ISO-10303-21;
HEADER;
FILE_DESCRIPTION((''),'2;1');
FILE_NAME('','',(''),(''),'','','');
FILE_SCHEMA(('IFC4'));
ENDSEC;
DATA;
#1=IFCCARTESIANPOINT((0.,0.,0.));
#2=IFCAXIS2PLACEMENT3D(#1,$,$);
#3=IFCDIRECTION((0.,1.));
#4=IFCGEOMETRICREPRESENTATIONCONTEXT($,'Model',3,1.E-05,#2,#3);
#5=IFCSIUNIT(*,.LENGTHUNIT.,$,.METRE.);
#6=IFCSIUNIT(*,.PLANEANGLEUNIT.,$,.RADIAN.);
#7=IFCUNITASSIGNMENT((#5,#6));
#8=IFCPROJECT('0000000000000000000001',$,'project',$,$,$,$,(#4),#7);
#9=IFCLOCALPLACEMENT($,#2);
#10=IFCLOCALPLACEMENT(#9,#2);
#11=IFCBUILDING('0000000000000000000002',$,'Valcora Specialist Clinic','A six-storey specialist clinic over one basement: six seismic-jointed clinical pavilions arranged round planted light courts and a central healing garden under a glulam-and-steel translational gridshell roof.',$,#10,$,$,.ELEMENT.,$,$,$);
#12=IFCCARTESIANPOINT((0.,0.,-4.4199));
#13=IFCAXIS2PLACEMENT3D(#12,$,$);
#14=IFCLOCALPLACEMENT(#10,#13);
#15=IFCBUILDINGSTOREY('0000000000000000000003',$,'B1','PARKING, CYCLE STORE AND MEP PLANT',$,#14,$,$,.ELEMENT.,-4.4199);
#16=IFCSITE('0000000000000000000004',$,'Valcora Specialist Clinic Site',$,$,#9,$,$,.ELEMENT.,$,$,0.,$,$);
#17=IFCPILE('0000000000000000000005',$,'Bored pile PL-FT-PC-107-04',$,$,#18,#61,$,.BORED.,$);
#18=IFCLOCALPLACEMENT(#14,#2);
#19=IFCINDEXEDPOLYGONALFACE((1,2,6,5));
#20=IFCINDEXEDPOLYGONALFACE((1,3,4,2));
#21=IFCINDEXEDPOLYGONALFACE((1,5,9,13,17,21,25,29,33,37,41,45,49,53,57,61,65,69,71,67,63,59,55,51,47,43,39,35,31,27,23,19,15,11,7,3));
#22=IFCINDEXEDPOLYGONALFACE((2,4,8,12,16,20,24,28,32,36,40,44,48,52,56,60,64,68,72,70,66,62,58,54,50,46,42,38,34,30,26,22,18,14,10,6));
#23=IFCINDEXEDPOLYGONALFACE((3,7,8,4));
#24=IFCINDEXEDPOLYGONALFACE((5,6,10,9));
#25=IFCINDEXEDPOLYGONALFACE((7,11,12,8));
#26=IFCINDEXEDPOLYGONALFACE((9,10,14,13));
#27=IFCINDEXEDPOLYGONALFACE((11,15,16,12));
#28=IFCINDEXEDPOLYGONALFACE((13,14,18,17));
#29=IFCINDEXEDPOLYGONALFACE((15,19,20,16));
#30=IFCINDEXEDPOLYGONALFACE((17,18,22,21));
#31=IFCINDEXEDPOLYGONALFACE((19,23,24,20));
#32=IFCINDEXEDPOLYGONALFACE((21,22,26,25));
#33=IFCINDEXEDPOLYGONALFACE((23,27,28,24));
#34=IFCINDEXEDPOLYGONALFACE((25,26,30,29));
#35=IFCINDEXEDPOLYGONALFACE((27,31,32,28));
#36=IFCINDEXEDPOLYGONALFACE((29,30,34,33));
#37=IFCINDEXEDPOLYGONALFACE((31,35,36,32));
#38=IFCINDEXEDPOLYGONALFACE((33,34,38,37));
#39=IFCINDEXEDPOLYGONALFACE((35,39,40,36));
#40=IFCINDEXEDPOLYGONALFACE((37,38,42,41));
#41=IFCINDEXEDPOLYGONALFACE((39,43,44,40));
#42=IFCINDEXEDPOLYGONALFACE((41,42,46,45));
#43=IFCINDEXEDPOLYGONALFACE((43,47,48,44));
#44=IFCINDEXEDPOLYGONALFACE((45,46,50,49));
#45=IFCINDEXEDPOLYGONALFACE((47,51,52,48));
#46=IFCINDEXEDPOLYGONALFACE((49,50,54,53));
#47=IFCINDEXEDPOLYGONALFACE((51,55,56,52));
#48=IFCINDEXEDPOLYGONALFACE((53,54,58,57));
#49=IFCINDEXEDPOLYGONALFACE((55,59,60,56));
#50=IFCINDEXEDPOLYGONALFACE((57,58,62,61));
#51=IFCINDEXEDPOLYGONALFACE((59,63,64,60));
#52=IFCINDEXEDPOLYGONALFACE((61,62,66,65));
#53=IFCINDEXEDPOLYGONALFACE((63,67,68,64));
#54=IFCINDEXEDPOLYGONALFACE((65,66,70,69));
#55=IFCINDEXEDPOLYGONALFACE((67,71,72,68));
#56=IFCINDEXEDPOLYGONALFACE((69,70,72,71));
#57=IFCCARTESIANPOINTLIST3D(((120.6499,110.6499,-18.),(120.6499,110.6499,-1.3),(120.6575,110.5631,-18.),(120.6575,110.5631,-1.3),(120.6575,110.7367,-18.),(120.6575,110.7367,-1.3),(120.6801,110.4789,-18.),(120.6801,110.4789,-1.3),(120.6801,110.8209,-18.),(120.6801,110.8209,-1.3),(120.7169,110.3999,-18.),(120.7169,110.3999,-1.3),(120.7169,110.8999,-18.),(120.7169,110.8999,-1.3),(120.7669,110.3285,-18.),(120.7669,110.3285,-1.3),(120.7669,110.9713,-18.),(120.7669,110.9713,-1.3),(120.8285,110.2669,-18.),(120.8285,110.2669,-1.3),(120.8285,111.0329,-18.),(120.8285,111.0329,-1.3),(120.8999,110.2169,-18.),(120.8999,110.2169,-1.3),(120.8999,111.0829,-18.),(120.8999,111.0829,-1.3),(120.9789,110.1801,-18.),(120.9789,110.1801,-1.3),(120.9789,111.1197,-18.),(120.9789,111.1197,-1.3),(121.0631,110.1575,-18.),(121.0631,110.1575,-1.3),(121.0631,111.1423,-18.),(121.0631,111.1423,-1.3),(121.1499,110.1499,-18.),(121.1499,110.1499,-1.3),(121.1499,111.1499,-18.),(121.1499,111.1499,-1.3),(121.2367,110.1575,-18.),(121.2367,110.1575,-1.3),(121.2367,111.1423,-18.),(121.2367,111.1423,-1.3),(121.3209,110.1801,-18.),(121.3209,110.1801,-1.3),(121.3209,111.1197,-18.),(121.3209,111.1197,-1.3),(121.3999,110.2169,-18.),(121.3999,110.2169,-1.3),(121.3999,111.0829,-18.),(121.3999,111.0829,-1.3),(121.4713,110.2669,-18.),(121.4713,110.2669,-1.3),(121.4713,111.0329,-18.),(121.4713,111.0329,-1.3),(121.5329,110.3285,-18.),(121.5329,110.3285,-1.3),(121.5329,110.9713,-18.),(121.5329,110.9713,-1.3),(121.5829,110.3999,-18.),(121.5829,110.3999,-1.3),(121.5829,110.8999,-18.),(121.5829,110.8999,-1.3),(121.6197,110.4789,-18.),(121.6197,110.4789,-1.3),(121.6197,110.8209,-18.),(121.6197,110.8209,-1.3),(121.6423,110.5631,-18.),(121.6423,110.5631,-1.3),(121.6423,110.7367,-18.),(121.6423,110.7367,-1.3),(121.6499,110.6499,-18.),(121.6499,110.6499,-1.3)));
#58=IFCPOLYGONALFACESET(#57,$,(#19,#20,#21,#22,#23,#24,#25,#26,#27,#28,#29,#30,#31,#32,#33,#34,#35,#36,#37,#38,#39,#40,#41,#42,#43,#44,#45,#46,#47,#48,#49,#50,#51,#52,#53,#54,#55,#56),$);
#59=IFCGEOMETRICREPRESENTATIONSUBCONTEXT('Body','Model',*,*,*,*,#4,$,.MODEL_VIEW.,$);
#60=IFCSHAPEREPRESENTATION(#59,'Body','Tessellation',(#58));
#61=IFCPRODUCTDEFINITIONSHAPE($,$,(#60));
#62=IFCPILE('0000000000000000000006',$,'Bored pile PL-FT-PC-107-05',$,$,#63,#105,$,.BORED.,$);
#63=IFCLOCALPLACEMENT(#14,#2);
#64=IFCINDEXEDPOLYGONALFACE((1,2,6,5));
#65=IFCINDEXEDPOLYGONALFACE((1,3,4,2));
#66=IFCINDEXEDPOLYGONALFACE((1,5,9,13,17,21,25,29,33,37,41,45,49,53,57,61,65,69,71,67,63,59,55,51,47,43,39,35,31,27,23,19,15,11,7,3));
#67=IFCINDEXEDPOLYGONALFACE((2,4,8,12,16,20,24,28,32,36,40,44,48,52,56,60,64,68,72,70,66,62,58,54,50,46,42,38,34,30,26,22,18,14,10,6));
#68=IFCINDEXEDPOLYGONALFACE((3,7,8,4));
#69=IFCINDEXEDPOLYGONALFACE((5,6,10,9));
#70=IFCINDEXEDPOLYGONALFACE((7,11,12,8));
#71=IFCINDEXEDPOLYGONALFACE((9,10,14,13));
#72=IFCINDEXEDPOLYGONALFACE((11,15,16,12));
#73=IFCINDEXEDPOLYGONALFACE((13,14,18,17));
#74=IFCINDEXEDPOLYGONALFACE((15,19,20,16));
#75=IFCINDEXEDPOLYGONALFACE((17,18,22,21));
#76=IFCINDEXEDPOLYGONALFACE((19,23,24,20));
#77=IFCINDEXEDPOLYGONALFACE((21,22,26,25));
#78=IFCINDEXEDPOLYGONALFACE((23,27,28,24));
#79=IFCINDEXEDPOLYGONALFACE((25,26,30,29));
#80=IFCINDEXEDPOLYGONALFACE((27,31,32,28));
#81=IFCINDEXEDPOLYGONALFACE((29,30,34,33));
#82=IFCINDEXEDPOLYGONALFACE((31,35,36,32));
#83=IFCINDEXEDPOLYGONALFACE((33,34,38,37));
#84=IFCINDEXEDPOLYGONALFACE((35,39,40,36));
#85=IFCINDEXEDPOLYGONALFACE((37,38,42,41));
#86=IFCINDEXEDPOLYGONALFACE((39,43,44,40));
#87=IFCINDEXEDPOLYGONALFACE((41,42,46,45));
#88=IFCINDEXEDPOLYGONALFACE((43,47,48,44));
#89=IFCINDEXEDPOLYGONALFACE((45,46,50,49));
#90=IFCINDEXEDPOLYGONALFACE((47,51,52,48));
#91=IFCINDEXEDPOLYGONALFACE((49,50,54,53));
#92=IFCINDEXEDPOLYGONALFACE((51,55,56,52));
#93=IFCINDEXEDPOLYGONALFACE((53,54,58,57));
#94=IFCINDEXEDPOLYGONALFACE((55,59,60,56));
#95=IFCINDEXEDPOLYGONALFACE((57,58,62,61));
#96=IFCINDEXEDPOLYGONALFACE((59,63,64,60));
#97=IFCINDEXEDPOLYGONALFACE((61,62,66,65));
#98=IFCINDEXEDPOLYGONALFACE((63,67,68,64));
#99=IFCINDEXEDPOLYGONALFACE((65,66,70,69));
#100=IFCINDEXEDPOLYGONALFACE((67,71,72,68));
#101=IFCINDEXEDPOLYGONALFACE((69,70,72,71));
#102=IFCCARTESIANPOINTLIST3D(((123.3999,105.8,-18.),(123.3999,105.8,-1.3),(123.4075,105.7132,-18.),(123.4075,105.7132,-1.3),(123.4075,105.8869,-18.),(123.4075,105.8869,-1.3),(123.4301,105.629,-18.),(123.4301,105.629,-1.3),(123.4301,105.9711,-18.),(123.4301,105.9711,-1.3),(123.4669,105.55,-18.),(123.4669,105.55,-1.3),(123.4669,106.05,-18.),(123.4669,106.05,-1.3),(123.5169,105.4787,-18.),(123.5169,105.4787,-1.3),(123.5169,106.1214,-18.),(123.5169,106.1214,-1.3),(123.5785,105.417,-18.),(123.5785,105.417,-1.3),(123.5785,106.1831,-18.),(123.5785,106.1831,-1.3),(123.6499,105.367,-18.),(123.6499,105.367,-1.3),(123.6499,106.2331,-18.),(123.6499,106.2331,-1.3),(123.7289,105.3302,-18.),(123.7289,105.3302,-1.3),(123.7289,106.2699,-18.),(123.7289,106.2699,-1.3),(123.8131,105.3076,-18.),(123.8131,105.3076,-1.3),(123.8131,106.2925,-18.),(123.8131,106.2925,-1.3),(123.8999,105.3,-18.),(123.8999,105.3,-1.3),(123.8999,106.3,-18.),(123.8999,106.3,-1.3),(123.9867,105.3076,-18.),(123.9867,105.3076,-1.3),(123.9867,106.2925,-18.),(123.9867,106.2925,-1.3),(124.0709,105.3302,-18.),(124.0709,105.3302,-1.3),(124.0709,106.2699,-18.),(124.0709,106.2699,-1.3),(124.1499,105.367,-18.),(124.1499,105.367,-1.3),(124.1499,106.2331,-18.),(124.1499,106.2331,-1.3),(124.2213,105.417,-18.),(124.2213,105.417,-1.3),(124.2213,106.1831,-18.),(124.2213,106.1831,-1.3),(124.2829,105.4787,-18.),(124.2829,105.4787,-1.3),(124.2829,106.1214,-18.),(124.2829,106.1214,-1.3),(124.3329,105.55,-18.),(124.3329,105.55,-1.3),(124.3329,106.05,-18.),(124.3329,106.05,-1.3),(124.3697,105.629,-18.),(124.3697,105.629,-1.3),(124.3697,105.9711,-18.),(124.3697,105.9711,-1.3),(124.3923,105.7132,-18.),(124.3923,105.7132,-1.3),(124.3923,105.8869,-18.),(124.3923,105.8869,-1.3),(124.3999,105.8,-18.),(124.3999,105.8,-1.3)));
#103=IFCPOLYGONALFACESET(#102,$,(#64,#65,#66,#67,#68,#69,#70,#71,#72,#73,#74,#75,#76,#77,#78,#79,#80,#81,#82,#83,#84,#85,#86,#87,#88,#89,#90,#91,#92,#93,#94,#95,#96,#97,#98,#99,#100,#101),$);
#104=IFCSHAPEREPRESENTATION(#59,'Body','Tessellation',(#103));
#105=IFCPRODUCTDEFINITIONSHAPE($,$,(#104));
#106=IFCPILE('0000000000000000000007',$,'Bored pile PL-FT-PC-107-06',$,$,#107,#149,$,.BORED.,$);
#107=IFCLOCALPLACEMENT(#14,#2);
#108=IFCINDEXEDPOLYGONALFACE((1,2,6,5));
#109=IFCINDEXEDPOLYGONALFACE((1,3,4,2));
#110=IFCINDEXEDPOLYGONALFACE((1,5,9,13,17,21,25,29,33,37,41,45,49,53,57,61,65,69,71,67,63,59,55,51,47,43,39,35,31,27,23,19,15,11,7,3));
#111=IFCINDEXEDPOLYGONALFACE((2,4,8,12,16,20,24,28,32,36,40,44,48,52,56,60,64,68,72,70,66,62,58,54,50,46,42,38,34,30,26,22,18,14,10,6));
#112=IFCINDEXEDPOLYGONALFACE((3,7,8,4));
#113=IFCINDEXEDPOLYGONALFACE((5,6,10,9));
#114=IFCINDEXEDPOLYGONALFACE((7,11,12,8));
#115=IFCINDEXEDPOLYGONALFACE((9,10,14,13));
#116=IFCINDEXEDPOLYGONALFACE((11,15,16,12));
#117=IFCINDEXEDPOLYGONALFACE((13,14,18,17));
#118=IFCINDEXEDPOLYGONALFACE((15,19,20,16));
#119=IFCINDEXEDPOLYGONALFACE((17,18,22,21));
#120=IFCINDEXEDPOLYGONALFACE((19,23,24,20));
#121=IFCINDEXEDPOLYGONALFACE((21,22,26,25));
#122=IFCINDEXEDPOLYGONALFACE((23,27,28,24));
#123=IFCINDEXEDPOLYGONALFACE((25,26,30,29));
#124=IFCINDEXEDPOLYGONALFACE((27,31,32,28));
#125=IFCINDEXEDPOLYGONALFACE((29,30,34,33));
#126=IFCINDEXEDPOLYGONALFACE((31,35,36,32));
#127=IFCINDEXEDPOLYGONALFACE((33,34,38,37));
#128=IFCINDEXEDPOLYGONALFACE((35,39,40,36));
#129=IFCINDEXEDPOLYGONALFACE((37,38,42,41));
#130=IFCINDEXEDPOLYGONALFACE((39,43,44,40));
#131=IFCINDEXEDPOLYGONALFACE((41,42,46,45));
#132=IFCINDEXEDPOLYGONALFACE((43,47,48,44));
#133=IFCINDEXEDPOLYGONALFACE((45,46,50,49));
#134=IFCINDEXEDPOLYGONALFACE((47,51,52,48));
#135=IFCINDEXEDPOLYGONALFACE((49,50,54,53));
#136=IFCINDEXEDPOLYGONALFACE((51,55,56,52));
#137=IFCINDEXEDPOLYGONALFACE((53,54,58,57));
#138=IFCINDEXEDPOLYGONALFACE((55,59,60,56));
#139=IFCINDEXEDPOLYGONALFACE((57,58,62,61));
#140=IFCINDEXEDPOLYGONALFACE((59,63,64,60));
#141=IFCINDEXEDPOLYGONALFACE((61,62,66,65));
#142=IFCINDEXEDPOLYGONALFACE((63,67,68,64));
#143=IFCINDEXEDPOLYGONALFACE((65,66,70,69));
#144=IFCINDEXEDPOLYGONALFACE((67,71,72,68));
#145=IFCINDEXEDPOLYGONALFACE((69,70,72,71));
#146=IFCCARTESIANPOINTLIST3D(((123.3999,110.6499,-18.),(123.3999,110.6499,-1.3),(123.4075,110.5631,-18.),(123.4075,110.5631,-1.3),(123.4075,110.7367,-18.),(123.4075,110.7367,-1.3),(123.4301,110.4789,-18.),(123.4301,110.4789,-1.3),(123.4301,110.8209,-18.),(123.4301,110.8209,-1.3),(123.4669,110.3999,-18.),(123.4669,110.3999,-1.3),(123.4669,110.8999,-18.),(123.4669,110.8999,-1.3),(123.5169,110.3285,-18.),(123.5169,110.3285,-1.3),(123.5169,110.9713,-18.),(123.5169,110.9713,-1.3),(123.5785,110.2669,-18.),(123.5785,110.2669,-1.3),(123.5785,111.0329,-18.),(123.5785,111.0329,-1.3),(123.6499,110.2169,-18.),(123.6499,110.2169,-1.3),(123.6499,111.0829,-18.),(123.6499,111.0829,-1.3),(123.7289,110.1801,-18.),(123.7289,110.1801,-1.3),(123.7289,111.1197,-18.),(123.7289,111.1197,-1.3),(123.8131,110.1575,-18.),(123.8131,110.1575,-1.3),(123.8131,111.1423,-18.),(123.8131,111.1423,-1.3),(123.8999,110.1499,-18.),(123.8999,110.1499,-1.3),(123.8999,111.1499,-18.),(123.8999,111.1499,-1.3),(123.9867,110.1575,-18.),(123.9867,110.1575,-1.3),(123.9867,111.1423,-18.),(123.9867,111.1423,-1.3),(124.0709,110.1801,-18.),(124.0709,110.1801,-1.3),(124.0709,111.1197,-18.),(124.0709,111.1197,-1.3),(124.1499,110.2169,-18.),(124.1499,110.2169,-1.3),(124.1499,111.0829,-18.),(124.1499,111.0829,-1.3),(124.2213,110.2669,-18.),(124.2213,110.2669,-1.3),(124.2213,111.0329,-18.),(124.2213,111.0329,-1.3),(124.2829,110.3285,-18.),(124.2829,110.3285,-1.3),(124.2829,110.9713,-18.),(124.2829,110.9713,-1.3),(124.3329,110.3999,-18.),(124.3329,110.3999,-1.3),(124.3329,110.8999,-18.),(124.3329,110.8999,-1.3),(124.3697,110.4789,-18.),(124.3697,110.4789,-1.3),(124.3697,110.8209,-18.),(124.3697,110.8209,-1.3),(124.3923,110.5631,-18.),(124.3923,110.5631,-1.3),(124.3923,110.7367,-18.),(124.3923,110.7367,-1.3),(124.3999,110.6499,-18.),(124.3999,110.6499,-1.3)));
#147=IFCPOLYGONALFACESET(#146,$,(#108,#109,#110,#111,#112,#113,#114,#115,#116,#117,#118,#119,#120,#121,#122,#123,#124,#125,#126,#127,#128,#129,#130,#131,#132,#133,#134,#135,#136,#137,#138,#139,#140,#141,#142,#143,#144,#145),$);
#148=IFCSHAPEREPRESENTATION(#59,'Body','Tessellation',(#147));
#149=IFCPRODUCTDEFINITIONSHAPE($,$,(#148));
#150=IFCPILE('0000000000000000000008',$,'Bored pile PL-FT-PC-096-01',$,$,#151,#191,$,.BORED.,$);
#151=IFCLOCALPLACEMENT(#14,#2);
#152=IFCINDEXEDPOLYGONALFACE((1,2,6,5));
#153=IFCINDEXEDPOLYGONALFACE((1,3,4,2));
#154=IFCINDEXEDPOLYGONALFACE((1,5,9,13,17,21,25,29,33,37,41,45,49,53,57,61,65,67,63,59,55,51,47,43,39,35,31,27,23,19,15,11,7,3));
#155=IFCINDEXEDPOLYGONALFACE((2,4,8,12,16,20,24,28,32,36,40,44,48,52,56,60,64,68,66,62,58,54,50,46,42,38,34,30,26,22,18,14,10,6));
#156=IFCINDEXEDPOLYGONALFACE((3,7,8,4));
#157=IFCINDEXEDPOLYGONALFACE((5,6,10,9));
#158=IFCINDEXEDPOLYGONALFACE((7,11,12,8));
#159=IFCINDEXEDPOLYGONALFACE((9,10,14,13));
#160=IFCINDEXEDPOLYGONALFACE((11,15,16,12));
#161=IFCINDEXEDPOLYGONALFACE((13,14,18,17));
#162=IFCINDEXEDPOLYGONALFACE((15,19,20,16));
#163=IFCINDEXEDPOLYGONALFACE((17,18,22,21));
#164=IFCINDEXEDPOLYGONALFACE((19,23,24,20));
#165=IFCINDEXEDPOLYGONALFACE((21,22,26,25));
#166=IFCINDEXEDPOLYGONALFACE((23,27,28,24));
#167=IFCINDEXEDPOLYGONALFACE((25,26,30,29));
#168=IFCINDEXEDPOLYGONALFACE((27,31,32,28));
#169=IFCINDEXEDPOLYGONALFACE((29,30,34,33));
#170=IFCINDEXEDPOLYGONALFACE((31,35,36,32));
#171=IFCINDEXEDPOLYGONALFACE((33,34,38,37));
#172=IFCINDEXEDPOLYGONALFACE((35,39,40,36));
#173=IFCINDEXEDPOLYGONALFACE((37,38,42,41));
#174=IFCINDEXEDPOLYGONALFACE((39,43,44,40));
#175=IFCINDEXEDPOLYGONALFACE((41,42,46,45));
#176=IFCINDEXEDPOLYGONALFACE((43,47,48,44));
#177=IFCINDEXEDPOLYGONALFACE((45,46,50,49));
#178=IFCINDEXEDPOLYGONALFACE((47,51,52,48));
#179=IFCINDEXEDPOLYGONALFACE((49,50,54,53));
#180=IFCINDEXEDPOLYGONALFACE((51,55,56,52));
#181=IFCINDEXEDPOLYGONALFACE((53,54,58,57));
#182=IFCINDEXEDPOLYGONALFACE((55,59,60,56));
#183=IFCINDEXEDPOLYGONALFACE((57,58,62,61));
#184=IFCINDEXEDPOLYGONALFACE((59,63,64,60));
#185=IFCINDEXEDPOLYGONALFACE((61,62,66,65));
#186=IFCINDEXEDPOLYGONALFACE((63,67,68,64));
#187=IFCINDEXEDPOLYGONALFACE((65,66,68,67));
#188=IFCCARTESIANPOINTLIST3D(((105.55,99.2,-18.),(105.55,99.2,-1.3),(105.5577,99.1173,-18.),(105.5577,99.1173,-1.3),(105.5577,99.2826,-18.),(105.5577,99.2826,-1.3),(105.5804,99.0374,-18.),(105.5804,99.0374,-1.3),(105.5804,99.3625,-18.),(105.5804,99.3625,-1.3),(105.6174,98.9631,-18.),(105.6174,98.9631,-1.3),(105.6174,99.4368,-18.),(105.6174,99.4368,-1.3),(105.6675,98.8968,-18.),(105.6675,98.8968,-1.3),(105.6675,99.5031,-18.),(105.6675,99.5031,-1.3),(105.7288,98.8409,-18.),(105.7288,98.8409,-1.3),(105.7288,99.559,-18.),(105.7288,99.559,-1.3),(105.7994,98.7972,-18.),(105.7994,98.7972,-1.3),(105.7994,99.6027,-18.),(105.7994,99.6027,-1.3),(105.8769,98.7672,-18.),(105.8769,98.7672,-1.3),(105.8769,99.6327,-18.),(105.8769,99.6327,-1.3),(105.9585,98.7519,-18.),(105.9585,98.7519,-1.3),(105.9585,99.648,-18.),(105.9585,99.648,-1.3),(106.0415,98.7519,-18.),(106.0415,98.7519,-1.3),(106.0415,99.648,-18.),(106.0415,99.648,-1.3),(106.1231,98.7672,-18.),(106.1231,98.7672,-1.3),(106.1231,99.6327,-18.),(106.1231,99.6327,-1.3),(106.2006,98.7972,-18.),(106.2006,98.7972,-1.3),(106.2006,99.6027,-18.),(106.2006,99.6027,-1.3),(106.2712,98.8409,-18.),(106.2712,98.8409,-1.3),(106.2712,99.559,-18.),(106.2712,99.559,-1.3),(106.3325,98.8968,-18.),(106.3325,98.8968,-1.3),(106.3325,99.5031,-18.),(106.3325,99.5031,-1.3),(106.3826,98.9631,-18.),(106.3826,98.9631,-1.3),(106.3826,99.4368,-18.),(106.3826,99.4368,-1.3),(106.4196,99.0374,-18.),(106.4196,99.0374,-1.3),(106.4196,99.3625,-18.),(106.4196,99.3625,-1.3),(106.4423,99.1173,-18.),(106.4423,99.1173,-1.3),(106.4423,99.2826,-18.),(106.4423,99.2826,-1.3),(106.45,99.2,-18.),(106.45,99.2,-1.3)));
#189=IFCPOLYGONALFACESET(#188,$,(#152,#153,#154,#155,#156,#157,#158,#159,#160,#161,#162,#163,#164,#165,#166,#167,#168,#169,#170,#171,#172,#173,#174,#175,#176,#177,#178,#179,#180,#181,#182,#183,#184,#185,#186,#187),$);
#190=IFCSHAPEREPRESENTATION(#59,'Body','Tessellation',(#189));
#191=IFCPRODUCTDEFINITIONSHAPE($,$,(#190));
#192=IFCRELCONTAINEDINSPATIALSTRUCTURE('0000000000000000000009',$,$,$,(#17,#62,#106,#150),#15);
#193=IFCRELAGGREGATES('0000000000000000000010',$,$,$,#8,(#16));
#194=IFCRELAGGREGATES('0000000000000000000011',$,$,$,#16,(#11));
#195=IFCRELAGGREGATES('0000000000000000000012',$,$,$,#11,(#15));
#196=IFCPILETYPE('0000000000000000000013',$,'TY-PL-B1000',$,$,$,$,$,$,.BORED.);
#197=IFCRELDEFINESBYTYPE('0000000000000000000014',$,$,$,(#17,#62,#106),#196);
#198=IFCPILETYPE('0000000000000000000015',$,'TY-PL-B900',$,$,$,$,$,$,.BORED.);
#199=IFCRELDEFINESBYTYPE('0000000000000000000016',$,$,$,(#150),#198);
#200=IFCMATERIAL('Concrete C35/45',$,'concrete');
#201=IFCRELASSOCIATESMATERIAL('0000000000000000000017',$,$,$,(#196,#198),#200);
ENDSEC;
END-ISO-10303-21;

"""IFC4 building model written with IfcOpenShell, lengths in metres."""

from ifc_helpers import new_model, si_unit, direction, frame, origin, origin_2d, place, context, subcontext, project, spatial, circle, extrude, material, material_profile, profile_set, type_object, element, save


model = new_model("IFC4")

# Units and contexts
model_context = context("Model", 3, precision=1e-05, world=origin(), true_north=direction((0.0, 1.0)))
body_context = subcontext(model_context, "Body", "Model", "MODEL_VIEW")
ifc_project = project(units=[si_unit("LENGTHUNIT", "METRE"), si_unit("PLANEANGLEUNIT", "RADIAN")], contexts=[model_context])

# Site, building, storey
site_placement = place(None, origin())
site = spatial("IfcSite", under=ifc_project, at=site_placement, Name="Valcora Specialist Clinic Site", CompositionType="ELEMENT", RefElevation=0.0)
building_placement = place(site_placement, origin())
building = spatial("IfcBuilding", under=site, at=building_placement, Name="Valcora Specialist Clinic", Description="A six-storey specialist clinic over one basement: six seismic-jointed clinical pavilions arranged round planted light courts and a central healing garden under a glulam-and-steel translational gridshell roof.", CompositionType="ELEMENT")
storey_placement = place(building_placement, frame((0.0, 0.0, -4.4199)))
storey = spatial("IfcBuildingStorey", under=building, at=storey_placement, Name="B1", Description="PARKING, CYCLE STORE AND MEP PLANT", CompositionType="ELEMENT", Elevation=-4.4199)

# Shared definitions
ifc_material_1 = material(Name="Concrete C35/45", Category="concrete")

# Piles
ifc_material_profile_1 = material_profile(ifc_material_1, circle(Radius=0.5, at=origin_2d()), Name="RC-PIL-D1000")
ifc_profile_set_1 = profile_set([ifc_material_profile_1], Name="Concrete C35/45")
pile_type_1 = type_object("IfcPileType", Name="TY-PL-B1000", PredefinedType="BORED", material=ifc_profile_set_1)
for number, where, z_axis, x_axis, name in (
    (1, (121.1499, 110.6499, -1.3), (0.0, 0.0, -1.0), (1.0, 0.0, 0.0), "Bored pile PL-FT-PC-107-04"),
    (2, (123.8999, 105.8, -1.3), (0.0, 0.0, -1.0), (1.0, 0.0, 0.0), "Bored pile PL-FT-PC-107-05"),
    (3, (123.8999, 110.6499, -1.3), (0.0, 0.0, -1.0), (1.0, 0.0, 0.0), "Bored pile PL-FT-PC-107-06"),
):
    element("IfcPile", number, at=place(storey_placement, frame(where, z_axis=z_axis, x_axis=x_axis)), inside=storey, type_object=pile_type_1, Name=name, PredefinedType="BORED", context=body_context, shape_type="SweptSolid", body=[
        extrude(circle(Radius=0.5, at=origin_2d()), origin(), (0.0, 0.0, 1.0), 16.7),
    ])
ifc_material_profile_2 = material_profile(ifc_material_1, circle(Radius=0.45, at=origin_2d()), Name="RC-PIL-D900")
ifc_profile_set_2 = profile_set([ifc_material_profile_2], Name="Concrete C35/45")
pile_type_2 = type_object("IfcPileType", Name="TY-PL-B900", PredefinedType="BORED", material=ifc_profile_set_2)
for number, where, z_axis, x_axis, name in (
    (4, (106.0, 99.2, -1.3), (0.0, 0.0, -1.0), (1.0, 0.0, 0.0), "Bored pile PL-FT-PC-096-01"),
):
    element("IfcPile", number, at=place(storey_placement, frame(where, z_axis=z_axis, x_axis=x_axis)), inside=storey, type_object=pile_type_2, Name=name, PredefinedType="BORED", context=body_context, shape_type="SweptSolid", body=[
        extrude(circle(Radius=0.45, at=origin_2d()), origin(), (0.0, 0.0, 1.0), 16.7),
    ])

save(model, "model.ifc")
